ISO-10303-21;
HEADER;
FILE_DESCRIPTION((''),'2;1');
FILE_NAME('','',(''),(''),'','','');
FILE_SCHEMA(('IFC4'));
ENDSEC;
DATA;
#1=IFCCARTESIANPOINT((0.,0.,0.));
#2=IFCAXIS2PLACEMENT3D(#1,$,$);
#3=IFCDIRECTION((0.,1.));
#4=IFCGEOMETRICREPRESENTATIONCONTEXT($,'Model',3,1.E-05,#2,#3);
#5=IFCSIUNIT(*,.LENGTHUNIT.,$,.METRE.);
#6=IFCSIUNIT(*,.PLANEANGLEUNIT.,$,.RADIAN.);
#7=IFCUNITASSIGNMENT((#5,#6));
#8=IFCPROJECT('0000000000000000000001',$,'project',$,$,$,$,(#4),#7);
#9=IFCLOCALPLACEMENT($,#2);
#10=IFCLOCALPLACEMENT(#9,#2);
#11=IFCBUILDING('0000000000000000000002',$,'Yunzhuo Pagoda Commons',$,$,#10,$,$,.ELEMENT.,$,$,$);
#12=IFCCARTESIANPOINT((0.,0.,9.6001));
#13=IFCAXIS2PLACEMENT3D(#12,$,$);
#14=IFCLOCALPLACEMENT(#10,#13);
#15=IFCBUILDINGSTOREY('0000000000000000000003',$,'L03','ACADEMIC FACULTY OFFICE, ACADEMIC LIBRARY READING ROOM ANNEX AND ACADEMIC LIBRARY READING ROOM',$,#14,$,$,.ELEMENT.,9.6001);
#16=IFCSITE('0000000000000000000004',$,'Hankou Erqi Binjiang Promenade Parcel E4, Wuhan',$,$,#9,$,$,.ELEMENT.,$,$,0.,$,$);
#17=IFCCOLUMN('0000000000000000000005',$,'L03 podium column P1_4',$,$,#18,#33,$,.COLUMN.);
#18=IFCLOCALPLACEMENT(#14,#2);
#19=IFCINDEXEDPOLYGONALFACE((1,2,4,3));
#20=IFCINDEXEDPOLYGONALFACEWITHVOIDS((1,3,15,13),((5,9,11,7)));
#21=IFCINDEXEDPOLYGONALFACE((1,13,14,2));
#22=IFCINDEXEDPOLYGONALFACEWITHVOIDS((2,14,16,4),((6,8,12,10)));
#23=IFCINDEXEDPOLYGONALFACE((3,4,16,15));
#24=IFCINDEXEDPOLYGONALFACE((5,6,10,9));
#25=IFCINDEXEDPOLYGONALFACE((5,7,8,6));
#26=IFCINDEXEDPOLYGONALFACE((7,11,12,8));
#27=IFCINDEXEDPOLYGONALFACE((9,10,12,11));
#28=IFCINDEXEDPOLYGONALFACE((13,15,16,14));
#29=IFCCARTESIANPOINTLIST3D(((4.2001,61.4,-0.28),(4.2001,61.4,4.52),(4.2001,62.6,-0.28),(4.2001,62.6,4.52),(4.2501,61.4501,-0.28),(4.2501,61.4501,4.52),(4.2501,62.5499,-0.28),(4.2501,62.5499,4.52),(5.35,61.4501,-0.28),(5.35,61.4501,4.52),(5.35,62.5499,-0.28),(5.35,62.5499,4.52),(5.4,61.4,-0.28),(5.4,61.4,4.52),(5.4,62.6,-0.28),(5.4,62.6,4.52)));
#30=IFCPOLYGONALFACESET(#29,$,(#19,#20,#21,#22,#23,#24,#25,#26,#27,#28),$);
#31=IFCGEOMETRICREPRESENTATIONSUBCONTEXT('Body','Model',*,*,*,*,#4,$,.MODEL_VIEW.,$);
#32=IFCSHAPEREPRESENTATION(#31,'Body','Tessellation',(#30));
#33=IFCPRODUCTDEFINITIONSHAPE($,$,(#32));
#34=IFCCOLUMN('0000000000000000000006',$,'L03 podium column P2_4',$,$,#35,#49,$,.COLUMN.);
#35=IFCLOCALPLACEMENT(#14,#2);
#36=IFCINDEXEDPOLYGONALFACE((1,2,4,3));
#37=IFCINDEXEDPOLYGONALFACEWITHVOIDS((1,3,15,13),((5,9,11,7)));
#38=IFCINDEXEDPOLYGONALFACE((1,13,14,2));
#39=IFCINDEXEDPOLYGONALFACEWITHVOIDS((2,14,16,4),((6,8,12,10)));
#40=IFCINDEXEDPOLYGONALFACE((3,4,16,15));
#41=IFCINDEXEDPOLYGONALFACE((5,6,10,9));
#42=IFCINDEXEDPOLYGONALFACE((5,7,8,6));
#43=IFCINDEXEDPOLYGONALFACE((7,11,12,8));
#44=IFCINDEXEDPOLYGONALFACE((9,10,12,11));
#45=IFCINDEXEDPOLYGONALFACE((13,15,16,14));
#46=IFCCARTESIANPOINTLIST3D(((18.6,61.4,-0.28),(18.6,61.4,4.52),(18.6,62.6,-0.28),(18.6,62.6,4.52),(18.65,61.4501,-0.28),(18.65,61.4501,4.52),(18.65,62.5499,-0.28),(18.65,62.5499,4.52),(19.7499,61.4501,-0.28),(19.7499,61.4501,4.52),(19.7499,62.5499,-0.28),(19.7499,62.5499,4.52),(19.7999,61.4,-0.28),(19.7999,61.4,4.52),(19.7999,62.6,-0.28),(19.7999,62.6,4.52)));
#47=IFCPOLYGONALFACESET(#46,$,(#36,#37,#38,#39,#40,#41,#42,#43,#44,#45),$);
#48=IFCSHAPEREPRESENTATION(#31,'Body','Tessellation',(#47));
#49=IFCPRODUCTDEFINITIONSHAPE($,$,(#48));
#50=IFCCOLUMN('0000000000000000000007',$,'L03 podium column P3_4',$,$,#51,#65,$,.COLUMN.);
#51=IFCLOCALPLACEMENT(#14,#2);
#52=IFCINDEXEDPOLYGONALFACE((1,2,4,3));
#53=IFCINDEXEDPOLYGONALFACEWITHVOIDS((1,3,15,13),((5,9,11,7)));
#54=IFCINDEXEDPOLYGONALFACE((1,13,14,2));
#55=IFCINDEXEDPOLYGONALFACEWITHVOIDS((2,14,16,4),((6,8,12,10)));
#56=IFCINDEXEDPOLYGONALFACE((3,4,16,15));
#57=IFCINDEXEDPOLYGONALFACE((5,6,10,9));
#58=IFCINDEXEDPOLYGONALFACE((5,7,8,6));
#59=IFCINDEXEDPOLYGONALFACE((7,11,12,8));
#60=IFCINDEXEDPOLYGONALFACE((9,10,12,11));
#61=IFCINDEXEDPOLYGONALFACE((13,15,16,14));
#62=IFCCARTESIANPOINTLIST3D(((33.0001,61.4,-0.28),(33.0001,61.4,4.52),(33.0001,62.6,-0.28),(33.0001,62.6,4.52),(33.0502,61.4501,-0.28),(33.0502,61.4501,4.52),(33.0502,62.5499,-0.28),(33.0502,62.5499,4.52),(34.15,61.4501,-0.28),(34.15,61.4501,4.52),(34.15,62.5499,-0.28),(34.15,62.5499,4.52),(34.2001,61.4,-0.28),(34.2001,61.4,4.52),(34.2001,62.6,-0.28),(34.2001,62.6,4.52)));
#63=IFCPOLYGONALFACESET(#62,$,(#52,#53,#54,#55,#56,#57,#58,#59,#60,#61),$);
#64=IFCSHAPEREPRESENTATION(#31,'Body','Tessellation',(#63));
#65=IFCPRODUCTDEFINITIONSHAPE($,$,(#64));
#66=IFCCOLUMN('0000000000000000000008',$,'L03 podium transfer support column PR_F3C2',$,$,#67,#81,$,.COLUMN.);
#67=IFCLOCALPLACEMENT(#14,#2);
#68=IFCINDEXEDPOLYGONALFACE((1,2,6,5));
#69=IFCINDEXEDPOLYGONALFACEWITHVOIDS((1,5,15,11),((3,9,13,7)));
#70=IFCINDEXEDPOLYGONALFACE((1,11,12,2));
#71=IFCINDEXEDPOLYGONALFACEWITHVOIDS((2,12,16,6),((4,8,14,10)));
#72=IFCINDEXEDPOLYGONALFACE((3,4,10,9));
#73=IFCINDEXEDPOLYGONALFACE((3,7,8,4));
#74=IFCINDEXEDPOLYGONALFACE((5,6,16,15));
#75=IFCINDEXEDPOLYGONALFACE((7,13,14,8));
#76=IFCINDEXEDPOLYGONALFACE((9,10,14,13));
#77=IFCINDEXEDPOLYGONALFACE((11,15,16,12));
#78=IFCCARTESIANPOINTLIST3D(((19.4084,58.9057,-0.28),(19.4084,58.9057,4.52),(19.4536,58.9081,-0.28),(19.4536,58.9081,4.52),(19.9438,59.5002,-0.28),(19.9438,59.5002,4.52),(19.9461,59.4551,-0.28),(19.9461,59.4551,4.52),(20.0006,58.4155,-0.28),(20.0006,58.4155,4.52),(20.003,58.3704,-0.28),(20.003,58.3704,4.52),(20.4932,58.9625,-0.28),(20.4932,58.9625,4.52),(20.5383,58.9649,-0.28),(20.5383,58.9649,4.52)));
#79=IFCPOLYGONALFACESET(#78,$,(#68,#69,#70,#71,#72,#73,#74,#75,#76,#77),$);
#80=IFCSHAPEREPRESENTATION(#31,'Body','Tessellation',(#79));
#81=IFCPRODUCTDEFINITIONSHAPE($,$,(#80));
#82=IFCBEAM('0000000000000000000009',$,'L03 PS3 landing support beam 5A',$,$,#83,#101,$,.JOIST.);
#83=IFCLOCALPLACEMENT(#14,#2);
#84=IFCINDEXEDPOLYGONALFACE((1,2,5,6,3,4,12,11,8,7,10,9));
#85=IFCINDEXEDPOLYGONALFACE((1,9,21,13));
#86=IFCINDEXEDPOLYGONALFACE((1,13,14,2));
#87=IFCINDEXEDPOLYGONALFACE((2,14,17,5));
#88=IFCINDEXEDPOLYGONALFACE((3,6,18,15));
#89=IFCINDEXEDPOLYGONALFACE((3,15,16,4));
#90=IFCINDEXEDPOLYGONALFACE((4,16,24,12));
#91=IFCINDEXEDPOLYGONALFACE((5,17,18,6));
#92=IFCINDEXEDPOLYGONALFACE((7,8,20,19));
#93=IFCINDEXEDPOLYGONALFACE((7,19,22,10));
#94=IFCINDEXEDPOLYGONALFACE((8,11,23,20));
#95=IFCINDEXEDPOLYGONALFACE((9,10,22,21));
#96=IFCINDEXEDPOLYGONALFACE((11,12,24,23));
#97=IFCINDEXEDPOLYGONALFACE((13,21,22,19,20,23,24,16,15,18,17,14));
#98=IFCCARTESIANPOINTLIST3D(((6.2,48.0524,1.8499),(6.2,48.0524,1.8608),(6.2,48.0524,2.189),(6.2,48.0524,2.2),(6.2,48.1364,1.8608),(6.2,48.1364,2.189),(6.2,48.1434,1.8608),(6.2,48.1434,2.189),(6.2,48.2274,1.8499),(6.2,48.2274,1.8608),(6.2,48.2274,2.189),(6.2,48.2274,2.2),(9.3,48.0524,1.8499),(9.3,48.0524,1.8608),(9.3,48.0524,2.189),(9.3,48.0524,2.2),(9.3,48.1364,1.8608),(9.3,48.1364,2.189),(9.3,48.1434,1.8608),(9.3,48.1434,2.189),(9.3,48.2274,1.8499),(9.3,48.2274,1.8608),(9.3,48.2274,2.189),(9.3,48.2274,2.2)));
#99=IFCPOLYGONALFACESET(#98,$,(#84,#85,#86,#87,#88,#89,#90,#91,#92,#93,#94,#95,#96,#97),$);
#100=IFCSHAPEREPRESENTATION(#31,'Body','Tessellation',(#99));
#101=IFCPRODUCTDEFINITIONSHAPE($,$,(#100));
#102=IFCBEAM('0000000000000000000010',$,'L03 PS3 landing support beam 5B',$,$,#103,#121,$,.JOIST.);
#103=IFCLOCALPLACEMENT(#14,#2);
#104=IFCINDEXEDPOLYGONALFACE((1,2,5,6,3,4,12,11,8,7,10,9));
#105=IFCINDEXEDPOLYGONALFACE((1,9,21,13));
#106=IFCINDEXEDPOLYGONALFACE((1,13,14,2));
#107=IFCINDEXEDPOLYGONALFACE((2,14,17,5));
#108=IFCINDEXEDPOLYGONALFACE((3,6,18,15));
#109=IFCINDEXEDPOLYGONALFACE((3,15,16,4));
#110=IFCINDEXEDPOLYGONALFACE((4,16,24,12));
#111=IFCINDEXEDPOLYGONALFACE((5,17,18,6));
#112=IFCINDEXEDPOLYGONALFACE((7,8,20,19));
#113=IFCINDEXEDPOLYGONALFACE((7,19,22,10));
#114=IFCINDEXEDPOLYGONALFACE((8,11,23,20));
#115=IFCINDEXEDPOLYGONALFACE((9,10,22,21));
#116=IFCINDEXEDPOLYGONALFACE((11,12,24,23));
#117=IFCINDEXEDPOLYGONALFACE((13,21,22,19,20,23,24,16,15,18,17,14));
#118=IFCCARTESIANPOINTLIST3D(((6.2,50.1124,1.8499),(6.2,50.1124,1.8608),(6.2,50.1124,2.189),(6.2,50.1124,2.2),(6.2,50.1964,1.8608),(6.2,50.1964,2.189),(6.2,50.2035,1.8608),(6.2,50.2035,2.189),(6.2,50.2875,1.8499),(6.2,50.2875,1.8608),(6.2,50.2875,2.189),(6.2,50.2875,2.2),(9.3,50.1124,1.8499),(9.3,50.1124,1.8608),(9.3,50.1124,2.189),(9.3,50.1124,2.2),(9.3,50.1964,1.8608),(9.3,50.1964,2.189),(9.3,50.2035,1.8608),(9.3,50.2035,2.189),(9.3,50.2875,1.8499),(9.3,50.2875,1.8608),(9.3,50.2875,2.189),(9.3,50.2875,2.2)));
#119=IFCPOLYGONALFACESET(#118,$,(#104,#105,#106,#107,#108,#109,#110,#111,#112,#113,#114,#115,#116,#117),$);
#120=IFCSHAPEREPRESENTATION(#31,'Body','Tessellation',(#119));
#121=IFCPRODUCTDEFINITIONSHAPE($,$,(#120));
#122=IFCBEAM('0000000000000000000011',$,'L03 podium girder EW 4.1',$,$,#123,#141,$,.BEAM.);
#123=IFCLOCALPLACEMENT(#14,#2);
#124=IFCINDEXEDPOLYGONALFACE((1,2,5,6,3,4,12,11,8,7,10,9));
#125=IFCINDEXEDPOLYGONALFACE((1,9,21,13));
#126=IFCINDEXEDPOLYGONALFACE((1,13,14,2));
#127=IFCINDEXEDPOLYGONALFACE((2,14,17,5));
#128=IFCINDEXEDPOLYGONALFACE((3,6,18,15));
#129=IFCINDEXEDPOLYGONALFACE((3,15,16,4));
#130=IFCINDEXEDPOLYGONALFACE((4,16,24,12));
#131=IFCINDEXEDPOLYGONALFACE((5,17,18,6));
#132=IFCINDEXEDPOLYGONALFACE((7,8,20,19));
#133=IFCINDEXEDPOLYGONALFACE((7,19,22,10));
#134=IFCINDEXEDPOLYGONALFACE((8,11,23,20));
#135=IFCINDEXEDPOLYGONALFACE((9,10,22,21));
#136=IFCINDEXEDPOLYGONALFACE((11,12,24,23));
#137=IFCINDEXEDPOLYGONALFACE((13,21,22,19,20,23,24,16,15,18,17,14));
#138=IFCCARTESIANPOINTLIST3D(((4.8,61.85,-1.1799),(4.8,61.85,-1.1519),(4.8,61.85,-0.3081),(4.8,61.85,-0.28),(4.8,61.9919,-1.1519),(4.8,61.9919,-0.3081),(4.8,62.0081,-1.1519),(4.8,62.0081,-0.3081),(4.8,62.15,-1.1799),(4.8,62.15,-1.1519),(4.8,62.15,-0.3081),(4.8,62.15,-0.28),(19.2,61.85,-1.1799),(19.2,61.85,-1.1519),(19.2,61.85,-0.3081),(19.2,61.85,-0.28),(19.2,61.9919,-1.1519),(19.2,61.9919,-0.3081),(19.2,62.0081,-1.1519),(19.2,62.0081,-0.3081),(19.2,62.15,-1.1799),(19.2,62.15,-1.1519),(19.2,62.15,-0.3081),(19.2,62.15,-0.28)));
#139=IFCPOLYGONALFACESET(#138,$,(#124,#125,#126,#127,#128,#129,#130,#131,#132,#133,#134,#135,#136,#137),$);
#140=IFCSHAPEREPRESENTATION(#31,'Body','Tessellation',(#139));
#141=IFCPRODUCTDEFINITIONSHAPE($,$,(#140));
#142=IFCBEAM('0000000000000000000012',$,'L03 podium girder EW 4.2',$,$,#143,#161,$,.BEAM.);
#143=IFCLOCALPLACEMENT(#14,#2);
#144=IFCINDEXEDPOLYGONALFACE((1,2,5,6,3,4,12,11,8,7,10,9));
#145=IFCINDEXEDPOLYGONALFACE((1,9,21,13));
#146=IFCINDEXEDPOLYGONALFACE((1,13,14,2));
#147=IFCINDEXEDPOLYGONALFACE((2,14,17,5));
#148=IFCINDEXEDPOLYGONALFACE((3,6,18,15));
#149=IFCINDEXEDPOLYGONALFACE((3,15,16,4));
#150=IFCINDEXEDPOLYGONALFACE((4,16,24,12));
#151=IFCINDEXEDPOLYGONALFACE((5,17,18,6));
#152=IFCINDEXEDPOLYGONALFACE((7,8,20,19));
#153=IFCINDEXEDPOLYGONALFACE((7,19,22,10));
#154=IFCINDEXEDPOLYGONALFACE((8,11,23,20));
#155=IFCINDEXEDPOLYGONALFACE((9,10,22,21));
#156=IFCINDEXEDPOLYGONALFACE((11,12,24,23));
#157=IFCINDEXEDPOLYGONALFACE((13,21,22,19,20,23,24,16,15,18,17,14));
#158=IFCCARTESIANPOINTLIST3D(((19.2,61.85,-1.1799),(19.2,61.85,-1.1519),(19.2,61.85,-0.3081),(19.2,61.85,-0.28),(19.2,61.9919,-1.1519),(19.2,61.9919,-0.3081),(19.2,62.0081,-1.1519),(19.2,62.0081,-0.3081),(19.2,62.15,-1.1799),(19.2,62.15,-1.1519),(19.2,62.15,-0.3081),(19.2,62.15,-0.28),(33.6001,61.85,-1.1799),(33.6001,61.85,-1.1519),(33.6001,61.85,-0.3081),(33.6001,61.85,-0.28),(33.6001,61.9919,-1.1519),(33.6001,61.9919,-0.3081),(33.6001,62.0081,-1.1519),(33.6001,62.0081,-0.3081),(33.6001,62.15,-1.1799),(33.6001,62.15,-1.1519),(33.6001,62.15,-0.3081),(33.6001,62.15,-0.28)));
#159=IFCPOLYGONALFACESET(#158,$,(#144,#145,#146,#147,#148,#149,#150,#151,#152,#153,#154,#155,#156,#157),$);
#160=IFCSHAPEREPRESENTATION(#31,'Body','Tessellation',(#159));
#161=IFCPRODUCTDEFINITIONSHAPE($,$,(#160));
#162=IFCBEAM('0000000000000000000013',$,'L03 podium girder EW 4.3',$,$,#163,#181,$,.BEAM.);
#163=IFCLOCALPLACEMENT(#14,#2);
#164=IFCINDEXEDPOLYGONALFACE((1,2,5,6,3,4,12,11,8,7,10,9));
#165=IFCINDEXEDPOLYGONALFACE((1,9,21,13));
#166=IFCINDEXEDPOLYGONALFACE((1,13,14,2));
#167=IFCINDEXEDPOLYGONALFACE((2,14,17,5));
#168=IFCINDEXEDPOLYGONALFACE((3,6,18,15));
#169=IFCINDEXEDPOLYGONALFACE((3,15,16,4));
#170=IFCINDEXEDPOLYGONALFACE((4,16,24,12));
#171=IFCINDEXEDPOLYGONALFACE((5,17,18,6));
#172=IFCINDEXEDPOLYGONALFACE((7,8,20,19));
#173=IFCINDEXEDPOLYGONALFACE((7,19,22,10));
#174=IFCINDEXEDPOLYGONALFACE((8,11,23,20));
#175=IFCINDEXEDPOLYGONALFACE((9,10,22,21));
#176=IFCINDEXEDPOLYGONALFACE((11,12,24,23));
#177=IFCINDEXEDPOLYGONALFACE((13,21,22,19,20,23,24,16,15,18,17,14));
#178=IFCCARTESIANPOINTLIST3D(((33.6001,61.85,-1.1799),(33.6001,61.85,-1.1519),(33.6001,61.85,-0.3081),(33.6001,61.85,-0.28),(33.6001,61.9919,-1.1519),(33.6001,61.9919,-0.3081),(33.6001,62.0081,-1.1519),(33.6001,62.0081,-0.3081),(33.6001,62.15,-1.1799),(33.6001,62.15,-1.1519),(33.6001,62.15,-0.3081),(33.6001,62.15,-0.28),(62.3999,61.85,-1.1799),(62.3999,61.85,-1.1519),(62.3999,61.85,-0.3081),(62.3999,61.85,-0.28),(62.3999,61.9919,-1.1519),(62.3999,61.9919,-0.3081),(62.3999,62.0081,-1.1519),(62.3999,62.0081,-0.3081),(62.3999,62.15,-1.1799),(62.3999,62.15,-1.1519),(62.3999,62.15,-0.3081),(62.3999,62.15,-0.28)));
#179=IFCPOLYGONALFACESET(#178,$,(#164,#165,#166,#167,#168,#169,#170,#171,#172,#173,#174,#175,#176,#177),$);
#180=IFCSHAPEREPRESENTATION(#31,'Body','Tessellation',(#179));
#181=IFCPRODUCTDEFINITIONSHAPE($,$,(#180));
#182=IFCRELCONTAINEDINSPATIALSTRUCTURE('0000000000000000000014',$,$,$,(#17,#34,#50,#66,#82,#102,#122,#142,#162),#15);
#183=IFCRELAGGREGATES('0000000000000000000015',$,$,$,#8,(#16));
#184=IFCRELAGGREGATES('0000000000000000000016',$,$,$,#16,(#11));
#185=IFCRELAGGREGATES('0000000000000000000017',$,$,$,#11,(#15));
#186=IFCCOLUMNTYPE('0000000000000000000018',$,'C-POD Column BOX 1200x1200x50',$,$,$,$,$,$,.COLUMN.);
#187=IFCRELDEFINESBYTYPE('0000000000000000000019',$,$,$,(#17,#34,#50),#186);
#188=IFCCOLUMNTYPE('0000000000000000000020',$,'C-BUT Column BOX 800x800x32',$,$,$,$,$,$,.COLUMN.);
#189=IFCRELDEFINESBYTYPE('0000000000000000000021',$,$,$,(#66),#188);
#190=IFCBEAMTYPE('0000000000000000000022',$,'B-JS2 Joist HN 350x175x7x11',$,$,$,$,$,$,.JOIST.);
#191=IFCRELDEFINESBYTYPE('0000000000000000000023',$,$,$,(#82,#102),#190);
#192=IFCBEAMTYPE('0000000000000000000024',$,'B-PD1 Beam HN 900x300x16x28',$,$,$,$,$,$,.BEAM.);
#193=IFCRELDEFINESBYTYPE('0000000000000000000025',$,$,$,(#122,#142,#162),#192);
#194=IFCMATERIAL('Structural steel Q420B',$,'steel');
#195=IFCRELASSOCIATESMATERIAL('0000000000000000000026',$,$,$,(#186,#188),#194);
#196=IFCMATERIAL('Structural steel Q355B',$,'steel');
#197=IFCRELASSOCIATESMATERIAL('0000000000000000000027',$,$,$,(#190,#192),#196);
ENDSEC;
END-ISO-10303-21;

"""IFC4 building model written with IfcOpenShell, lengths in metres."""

from ifc_helpers import new_model, si_unit, direction, frame, origin, origin_2d, place, context, subcontext, project, spatial, hollow_rectangle, i_section, extrude, source, transform, mapped, material, material_profile, profile_set, type_object, element, save


model = new_model("IFC4")

# Units and contexts
model_context = context("Model", 3, precision=1e-05, world=origin(), true_north=direction((0.0, 1.0)))
body_context = subcontext(model_context, "Body", "Model", "MODEL_VIEW")
ifc_project = project(units=[si_unit("LENGTHUNIT", "METRE"), si_unit("PLANEANGLEUNIT", "RADIAN")], contexts=[model_context])

# Site, building, storey
site_placement = place(None, origin())
site = spatial("IfcSite", under=ifc_project, at=site_placement, Name="Hankou Erqi Binjiang Promenade Parcel E4, Wuhan", CompositionType="ELEMENT", RefElevation=0.0)
building_placement = place(site_placement, origin())
building = spatial("IfcBuilding", under=site, at=building_placement, Name="Yunzhuo Pagoda Commons", CompositionType="ELEMENT")
storey_placement = place(building_placement, frame((0.0, 0.0, 9.6001)))
storey = spatial("IfcBuildingStorey", under=building, at=storey_placement, Name="L03", Description="ACADEMIC FACULTY OFFICE, ACADEMIC LIBRARY READING ROOM ANNEX AND ACADEMIC LIBRARY READING ROOM", CompositionType="ELEMENT", Elevation=9.6001)

# Columns
ifc_material_1 = material(Name="Structural steel Q420B", Category="steel")
ifc_material_profile_1 = material_profile(ifc_material_1, hollow_rectangle(XDim=1.2, YDim=1.2, WallThickness=0.05, at=origin_2d()), Name="Structural steel Q420B")
ifc_profile_set_1 = profile_set([ifc_material_profile_1], Name="Structural steel Q420B")
column_type_1 = type_object("IfcColumnType", Name="C-POD Column BOX 1200x1200x50", PredefinedType="COLUMN", material=ifc_profile_set_1)
shared_shape_1 = source(origin(), body_context, "Body", "SweptSolid", [
    extrude(hollow_rectangle(XDim=1.2, YDim=1.2, WallThickness=0.05, at=origin_2d()), origin(), (0.0, 0.0, 1.0), 4.8),
])
for number, where, z_axis, x_axis, name in (
    (1, (4.8, 62.0, -0.28), (0.0, 0.0, 1.0), (1.0, 0.0, 0.0), "L03 podium column P1_4"),
    (2, (19.2, 62.0, -0.28), (0.0, 0.0, 1.0), (1.0, 0.0, 0.0), "L03 podium column P2_4"),
    (3, (33.6001, 62.0, -0.28), (0.0, 0.0, 1.0), (1.0, 0.0, 0.0), "L03 podium column P3_4"),
):
    element("IfcColumn", number, at=place(storey_placement, frame(where, z_axis=z_axis, x_axis=x_axis)), inside=storey, type_object=column_type_1, Name=name, PredefinedType="COLUMN", context=body_context, shape_type="MappedRepresentation", body=[
        mapped(shared_shape_1, transform((0.0, 0.0, 0.0), scale=1.0)),
    ])
ifc_material_profile_2 = material_profile(ifc_material_1, hollow_rectangle(XDim=0.8, YDim=0.8, WallThickness=0.032, at=origin_2d()), Name="Structural steel Q420B")
ifc_profile_set_2 = profile_set([ifc_material_profile_2], Name="Structural steel Q420B")
column_type_2 = type_object("IfcColumnType", Name="C-BUT Column BOX 800x800x32", PredefinedType="COLUMN", material=ifc_profile_set_2)
shared_shape_2 = source(origin(), body_context, "Body", "SweptSolid", [
    extrude(hollow_rectangle(XDim=0.8, YDim=0.8, WallThickness=0.032, at=origin_2d()), origin(), (0.0, 0.0, 1.0), 4.8),
])
column_placement = place(storey_placement, frame((19.9734, 58.9353, -0.28), z_axis=(0.0, 0.0, 1.0), x_axis=(-0.669131, -0.743145, 0.0)))
element("IfcColumn", 4, at=column_placement, inside=storey, type_object=column_type_2, Name="L03 podium transfer support column PR_F3C2", PredefinedType="COLUMN", context=body_context, shape_type="MappedRepresentation", body=[
    mapped(shared_shape_2, transform((0.0, 0.0, 0.0), scale=1.0)),
])

# Beams
ifc_material_2 = material(Name="Structural steel Q355B", Category="steel")
ifc_material_profile_3 = material_profile(ifc_material_2, i_section(OverallWidth=0.175, OverallDepth=0.3501, WebThickness=0.0071, FlangeThickness=0.011, at=origin_2d()), Name="Structural steel Q355B")
ifc_profile_set_3 = profile_set([ifc_material_profile_3], Name="Structural steel Q355B")
beam_type_1 = type_object("IfcBeamType", Name="B-JS2 Joist HN 350x175x7x11", PredefinedType="JOIST", material=ifc_profile_set_3)
shared_shape_3 = source(origin(), body_context, "Body", "SweptSolid", [
    extrude(i_section(OverallWidth=0.175, OverallDepth=0.3501, WebThickness=0.0071, FlangeThickness=0.011, at=origin_2d()), origin(), (0.0, 0.0, 1.0), 3.1001),
])
for number, where, z_axis, x_axis, name in (
    (5, (6.2, 48.1399, 2.0249), (1.0, 0.0, 0.0), (0.0, 1.0, 0.0), "L03 PS3 landing support beam 5A"),
    (6, (6.2, 50.2, 2.0249), (1.0, 0.0, 0.0), (0.0, 1.0, 0.0), "L03 PS3 landing support beam 5B"),
):
    element("IfcBeam", number, at=place(storey_placement, frame(where, z_axis=z_axis, x_axis=x_axis)), inside=storey, type_object=beam_type_1, Name=name, PredefinedType="JOIST", context=body_context, shape_type="MappedRepresentation", body=[
        mapped(shared_shape_3, transform((0.0, 0.0, 0.0), scale=1.0)),
    ])
ifc_material_profile_4 = material_profile(ifc_material_2, i_section(OverallWidth=0.3, OverallDepth=0.8999, WebThickness=0.0161, FlangeThickness=0.0281, at=origin_2d()), Name="Structural steel Q355B")
ifc_profile_set_4 = profile_set([ifc_material_profile_4], Name="Structural steel Q355B")
beam_type_2 = type_object("IfcBeamType", Name="B-PD1 Beam HN 900x300x16x28", PredefinedType="BEAM", material=ifc_profile_set_4)
shared_shape_4 = source(origin(), body_context, "Body", "SweptSolid", [
    extrude(i_section(OverallWidth=0.3, OverallDepth=0.8999, WebThickness=0.0161, FlangeThickness=0.0281, at=origin_2d()), origin(), (0.0, 0.0, 1.0), 14.3999),
])
beam_1_placement = place(storey_placement, frame((4.8, 62.0, -0.73), z_axis=(1.0, 0.0, 0.0), x_axis=(0.0, 1.0, 0.0)))
element("IfcBeam", 7, at=beam_1_placement, inside=storey, type_object=beam_type_2, Name="L03 podium girder EW 4.1", PredefinedType="BEAM", context=body_context, shape_type="MappedRepresentation", body=[
    mapped(shared_shape_4, transform((0.0, 0.0, 0.0), scale=1.0)),
])
shared_shape_5 = source(origin(), body_context, "Body", "SweptSolid", [
    extrude(i_section(OverallWidth=0.3, OverallDepth=0.8999, WebThickness=0.0161, FlangeThickness=0.0281, at=origin_2d()), origin(), (0.0, 0.0, 1.0), 14.4001),
])
beam_2_placement = place(storey_placement, frame((19.2, 62.0, -0.73), z_axis=(1.0, 0.0, 0.0), x_axis=(0.0, 1.0, 0.0)))
element("IfcBeam", 8, at=beam_2_placement, inside=storey, type_object=beam_type_2, Name="L03 podium girder EW 4.2", PredefinedType="BEAM", context=body_context, shape_type="MappedRepresentation", body=[
    mapped(shared_shape_5, transform((0.0, 0.0, 0.0), scale=1.0)),
])
shared_shape_6 = source(origin(), body_context, "Body", "SweptSolid", [
    extrude(i_section(OverallWidth=0.3, OverallDepth=0.8999, WebThickness=0.0161, FlangeThickness=0.0281, at=origin_2d()), origin(), (0.0, 0.0, 1.0), 28.7998),
])
beam_3_placement = place(storey_placement, frame((33.6001, 62.0, -0.73), z_axis=(1.0, 0.0, 0.0), x_axis=(0.0, 1.0, 0.0)))
element("IfcBeam", 9, at=beam_3_placement, inside=storey, type_object=beam_type_2, Name="L03 podium girder EW 4.3", PredefinedType="BEAM", context=body_context, shape_type="MappedRepresentation", body=[
    mapped(shared_shape_6, transform((0.0, 0.0, 0.0), scale=1.0)),
])

save(model, "model.ifc")
